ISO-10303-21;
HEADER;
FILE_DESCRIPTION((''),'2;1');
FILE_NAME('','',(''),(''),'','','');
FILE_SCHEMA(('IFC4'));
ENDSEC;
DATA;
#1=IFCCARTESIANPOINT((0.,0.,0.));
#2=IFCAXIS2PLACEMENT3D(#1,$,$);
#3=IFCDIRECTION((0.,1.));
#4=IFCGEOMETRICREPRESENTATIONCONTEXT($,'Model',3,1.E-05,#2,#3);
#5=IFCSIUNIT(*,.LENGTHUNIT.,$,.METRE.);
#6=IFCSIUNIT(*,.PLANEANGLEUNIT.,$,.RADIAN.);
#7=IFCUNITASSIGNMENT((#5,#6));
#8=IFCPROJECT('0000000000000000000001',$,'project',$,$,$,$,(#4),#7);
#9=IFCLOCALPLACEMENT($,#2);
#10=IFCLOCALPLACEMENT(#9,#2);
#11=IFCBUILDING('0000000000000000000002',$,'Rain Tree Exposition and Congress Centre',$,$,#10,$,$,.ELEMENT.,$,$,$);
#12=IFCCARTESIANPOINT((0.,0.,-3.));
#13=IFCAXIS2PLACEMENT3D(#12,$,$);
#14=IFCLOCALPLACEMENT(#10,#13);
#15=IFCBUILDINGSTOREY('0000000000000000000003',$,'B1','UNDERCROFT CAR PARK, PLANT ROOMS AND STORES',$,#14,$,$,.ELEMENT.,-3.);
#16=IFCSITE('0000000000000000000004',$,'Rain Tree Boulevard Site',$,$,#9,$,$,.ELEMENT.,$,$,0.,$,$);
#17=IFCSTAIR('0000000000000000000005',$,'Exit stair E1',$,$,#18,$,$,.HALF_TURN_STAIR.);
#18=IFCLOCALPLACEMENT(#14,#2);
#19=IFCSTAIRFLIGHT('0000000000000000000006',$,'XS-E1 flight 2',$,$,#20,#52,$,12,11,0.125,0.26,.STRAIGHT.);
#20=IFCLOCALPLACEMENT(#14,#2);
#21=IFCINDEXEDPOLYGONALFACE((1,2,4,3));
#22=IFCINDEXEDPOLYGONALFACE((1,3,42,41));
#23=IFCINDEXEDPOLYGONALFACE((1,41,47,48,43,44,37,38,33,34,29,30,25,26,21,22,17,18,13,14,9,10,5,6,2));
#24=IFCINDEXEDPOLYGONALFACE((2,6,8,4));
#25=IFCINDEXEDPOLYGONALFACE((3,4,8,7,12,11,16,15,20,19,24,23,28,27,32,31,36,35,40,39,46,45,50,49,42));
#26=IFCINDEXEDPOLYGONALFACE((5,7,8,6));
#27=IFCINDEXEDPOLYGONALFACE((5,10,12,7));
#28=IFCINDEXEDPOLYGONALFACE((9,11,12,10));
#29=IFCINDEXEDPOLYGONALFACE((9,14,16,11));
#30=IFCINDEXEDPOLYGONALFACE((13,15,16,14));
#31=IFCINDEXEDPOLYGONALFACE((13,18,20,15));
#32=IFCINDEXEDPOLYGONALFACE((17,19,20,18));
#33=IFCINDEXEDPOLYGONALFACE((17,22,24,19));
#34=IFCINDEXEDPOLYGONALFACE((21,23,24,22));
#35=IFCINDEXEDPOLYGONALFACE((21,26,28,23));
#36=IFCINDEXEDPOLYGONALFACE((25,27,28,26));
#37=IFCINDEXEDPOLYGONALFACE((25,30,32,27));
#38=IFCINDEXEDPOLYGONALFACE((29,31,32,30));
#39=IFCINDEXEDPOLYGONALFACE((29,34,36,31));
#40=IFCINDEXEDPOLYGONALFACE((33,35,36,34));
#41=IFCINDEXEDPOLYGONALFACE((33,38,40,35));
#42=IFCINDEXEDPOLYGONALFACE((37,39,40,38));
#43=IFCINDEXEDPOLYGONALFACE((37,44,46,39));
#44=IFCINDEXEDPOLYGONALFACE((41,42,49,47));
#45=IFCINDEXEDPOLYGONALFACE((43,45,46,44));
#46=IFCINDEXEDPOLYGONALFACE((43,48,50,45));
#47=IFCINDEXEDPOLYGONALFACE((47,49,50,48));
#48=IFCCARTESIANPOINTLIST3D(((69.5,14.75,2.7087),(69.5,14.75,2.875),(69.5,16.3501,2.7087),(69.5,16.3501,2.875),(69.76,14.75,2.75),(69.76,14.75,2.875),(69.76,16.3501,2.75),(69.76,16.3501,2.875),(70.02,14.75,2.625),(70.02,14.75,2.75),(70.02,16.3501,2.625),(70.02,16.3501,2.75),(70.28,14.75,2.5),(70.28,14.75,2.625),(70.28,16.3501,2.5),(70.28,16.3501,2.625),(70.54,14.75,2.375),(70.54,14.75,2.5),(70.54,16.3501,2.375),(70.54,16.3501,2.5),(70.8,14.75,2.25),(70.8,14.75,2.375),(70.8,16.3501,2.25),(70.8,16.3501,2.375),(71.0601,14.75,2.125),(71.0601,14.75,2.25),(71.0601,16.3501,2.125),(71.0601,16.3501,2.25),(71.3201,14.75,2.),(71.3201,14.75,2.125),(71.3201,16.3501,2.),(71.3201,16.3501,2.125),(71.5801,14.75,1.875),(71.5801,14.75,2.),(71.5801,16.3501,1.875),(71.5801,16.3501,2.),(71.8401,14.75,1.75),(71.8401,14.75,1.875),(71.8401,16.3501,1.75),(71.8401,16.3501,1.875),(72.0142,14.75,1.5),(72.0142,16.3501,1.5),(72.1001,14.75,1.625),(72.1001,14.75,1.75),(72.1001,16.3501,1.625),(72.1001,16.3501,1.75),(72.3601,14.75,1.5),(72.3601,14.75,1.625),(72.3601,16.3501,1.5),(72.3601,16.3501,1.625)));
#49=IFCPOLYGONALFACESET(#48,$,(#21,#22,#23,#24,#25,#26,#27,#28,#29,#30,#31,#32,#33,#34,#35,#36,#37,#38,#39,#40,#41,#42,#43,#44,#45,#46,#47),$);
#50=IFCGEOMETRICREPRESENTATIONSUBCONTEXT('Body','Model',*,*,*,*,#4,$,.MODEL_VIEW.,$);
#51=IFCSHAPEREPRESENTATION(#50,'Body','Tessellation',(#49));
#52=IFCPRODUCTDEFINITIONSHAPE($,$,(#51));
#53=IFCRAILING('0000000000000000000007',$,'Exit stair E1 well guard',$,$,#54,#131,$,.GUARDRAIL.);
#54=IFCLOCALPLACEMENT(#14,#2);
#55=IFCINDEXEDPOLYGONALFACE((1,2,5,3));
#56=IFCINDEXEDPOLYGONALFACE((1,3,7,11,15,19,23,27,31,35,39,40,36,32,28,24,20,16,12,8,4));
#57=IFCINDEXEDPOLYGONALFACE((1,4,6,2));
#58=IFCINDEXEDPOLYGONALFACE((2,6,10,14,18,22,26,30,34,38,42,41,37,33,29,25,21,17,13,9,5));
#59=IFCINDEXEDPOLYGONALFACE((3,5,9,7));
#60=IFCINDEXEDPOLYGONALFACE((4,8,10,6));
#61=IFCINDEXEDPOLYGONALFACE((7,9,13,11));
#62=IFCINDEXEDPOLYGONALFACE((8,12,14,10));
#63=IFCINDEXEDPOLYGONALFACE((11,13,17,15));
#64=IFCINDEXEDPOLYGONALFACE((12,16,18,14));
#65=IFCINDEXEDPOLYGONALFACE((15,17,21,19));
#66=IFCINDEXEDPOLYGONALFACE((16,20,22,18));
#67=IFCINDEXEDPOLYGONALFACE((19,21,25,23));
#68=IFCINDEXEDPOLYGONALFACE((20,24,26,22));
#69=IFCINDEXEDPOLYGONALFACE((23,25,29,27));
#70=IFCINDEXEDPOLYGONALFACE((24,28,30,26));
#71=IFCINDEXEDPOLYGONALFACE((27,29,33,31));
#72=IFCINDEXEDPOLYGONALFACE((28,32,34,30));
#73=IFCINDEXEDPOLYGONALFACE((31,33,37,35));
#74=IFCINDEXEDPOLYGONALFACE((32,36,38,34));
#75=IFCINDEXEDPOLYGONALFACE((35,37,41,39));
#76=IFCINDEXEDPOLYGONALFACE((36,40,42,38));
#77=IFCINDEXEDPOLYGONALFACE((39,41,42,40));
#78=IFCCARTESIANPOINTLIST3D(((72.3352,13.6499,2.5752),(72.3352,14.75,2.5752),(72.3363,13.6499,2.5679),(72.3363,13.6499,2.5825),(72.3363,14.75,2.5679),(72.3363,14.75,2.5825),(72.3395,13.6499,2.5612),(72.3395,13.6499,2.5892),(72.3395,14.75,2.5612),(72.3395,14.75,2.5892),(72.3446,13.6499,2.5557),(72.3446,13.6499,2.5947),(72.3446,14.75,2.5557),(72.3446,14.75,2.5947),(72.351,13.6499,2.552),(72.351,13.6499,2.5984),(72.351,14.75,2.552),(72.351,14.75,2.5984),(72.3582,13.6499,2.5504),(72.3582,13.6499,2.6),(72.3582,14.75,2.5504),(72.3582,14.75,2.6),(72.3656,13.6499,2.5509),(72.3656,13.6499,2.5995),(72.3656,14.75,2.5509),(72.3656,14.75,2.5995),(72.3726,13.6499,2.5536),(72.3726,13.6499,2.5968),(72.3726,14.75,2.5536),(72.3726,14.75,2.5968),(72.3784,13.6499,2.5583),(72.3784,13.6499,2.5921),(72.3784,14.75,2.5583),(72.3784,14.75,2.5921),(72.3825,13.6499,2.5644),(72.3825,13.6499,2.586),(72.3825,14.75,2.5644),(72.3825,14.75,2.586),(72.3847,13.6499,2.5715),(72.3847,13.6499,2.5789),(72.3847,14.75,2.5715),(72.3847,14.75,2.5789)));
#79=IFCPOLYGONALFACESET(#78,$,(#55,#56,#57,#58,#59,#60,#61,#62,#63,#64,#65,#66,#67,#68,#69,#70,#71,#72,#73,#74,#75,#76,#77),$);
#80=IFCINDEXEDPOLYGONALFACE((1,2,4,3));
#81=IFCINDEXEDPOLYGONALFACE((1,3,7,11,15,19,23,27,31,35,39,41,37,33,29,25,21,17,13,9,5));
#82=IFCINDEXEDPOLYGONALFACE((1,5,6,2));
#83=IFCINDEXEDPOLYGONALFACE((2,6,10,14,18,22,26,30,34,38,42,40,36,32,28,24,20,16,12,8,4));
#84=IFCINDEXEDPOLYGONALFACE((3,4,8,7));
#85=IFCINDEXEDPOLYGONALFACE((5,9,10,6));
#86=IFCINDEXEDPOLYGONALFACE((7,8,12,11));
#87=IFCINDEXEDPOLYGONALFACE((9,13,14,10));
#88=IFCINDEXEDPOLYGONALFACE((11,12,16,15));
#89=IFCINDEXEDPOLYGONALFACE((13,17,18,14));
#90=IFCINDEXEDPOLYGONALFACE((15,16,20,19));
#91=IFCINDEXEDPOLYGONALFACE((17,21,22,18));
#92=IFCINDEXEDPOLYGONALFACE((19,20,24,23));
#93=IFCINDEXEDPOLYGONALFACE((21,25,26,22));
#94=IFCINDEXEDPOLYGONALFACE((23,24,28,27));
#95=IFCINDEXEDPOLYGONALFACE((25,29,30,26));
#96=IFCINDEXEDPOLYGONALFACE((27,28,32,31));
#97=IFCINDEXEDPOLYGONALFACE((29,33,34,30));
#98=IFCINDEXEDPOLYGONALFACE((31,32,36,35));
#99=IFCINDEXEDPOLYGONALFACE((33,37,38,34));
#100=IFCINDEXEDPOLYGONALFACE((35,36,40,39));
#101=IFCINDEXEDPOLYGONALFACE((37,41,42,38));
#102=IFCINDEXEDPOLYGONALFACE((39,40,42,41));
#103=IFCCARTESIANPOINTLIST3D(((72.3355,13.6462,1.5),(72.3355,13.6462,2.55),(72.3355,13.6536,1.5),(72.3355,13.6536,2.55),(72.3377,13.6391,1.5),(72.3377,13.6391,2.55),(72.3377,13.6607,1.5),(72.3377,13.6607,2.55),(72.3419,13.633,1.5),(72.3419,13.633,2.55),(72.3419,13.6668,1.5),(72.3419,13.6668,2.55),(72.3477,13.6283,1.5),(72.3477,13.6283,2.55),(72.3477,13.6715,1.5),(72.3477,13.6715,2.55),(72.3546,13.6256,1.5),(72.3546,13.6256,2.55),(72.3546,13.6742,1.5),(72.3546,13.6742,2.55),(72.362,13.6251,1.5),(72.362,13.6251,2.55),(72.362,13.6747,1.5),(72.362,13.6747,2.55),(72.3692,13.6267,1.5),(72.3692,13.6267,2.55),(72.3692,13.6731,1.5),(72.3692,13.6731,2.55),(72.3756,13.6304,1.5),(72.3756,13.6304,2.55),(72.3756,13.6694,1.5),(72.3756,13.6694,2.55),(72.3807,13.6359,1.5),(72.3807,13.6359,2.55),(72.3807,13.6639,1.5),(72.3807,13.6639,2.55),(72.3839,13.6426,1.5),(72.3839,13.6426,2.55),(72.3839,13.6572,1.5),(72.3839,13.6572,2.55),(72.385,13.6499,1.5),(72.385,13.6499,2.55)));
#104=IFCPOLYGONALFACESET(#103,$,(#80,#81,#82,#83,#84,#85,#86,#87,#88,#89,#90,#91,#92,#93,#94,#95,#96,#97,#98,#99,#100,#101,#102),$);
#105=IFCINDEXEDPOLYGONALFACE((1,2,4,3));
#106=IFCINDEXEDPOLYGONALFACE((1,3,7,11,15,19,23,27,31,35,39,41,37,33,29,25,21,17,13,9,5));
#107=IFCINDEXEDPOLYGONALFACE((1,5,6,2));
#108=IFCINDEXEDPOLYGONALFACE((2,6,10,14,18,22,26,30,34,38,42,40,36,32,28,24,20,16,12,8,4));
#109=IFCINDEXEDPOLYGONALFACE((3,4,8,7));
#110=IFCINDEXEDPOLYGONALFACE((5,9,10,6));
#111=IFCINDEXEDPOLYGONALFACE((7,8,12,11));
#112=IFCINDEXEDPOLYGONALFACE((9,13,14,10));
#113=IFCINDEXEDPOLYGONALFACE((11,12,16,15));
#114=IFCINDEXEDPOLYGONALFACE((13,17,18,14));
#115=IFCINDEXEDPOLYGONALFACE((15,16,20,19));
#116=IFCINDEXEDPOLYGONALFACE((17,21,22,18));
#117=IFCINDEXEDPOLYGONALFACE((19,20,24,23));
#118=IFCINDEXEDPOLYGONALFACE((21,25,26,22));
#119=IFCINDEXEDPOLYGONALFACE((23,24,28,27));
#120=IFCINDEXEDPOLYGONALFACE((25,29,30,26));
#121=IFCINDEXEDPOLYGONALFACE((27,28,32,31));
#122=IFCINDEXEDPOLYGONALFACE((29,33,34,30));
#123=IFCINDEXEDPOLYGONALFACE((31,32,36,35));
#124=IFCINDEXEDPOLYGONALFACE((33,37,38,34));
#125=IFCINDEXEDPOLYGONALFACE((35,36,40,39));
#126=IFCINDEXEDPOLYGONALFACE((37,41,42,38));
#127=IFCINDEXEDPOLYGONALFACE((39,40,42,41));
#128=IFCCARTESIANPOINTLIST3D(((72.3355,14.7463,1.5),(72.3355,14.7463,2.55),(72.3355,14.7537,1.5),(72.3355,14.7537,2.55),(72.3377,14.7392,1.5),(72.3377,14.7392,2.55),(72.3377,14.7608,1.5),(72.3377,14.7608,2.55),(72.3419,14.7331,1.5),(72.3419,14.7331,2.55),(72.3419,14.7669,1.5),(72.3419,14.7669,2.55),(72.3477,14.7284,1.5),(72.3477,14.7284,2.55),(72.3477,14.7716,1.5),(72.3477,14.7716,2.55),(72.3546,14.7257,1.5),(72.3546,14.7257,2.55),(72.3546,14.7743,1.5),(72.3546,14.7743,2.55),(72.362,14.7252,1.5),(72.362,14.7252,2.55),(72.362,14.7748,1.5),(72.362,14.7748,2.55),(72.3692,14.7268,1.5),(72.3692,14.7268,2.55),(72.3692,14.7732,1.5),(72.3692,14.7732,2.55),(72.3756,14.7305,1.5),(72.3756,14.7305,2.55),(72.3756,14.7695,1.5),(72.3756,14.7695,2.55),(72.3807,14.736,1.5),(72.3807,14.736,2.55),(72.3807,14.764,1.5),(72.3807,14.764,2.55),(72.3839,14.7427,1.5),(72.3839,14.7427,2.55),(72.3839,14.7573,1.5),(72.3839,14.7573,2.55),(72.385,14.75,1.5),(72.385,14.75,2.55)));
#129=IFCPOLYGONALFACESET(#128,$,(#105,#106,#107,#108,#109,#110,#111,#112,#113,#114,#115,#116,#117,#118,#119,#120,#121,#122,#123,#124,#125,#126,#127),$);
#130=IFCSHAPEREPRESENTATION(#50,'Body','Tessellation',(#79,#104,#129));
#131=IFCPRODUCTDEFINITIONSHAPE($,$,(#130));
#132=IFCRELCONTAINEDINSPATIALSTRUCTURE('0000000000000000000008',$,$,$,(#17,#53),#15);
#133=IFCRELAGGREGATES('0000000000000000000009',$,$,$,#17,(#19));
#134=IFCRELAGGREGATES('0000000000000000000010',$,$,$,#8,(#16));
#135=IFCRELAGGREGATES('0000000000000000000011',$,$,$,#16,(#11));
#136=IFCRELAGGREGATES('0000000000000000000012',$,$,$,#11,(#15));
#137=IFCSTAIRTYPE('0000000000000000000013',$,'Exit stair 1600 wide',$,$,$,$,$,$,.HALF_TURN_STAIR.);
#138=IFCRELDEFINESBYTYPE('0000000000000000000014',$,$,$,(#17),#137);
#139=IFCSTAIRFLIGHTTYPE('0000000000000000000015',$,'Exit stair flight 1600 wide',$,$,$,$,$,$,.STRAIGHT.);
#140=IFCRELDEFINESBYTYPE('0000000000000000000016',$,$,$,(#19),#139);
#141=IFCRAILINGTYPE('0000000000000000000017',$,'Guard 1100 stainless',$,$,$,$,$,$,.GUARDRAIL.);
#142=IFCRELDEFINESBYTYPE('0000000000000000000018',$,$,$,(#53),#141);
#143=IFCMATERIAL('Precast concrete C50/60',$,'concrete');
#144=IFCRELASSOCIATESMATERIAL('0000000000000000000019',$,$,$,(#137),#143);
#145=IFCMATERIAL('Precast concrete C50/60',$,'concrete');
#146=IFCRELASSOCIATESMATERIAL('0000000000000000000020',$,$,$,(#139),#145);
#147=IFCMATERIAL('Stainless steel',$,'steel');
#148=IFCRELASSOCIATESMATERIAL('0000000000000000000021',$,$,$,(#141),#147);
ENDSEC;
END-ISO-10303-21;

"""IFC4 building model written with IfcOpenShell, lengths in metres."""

from ifc_helpers import new_model, si_unit, direction, frame, origin, origin_2d, place, context, subcontext, project, spatial, polyline, circle, outline, extrude, material, type_object, element, aggregate, save


model = new_model("IFC4")

# Units and contexts
model_context = context("Model", 3, precision=1e-05, world=origin(), true_north=direction((0.0, 1.0)))
body_context = subcontext(model_context, "Body", "Model", "MODEL_VIEW")
ifc_project = project(units=[si_unit("LENGTHUNIT", "METRE"), si_unit("PLANEANGLEUNIT", "RADIAN")], contexts=[model_context])

# Site, building, storey
site_placement = place(None, origin())
site = spatial("IfcSite", under=ifc_project, at=site_placement, Name="Rain Tree Boulevard Site", CompositionType="ELEMENT", RefElevation=0.0)
building_placement = place(site_placement, origin())
building = spatial("IfcBuilding", under=site, at=building_placement, Name="Rain Tree Exposition and Congress Centre", CompositionType="ELEMENT")
storey_placement = place(building_placement, frame((0.0, 0.0, -3.0)))
storey = spatial("IfcBuildingStorey", under=building, at=storey_placement, Name="B1", Description="UNDERCROFT CAR PARK, PLANT ROOMS AND STORES", CompositionType="ELEMENT", Elevation=-3.0)

# Stair, stair flight
ifc_material_1 = material(Name="Precast concrete C50/60", Category="concrete")
stair_type = type_object("IfcStairType", Name="Exit stair 1600 wide", PredefinedType="HALF_TURN_STAIR", material=ifc_material_1)
stair_placement = place(storey_placement, origin())
stair = element("IfcStair", 1, at=stair_placement, inside=storey, type_object=stair_type, Name="Exit stair E1", PredefinedType="HALF_TURN_STAIR")
ifc_material_2 = material(Name="Precast concrete C50/60", Category="concrete")
stair_flight_type = type_object("IfcStairFlightType", Name="Exit stair flight 1600 wide", PredefinedType="STRAIGHT", material=ifc_material_2)
stair_flight_1_placement = place(storey_placement, frame((72.3601, 15.55, 1.5), z_axis=(0.0, 0.0, 1.0), x_axis=(-1.0, 0.0, 0.0)))
stair_flight_1 = element("IfcStairFlight", 2, at=stair_flight_1_placement, type_object=stair_flight_type, Name="XS-E1 flight 2", NumberOfRisers=12, NumberOfTreads=11, PredefinedType="STRAIGHT", RiserHeight=0.125, TreadLength=0.26, context=body_context, shape_type="SweptSolid", body=[
    extrude(outline(polyline([(0.0, 0.0), (0.0, 0.125), (0.26, 0.125), (0.26, 0.25), (0.52, 0.25), (0.52, 0.375), (0.78, 0.375), (0.78, 0.5), (1.04, 0.5), (1.04, 0.625), (1.3, 0.625), (1.3, 0.75), (1.5601, 0.75), (1.5601, 0.875), (1.8201, 0.875), (1.8201, 1.0), (2.0801, 1.0), (2.0801, 1.125), (2.3401, 1.125), (2.3401, 1.25), (2.6001, 1.25), (2.6001, 1.375), (2.8601, 1.375), (2.8601, 1.5), (2.8601, 1.2087), (0.3459, 0.0), (0.0, 0.0)])), frame((0.0, 0.8, 0.0), z_axis=(0.0, -1.0, 0.0), x_axis=(1.0, 0.0, 0.0)), (0.0, 0.0, 1.0), 1.6001),
])
aggregate(stair, [stair_flight_1])

# Railing
ifc_material_3 = material(Name="Stainless steel", Category="steel")
railing_type = type_object("IfcRailingType", Name="Guard 1100 stainless", PredefinedType="GUARDRAIL", material=ifc_material_3)
railing_placement = place(storey_placement, frame((72.3601, 13.6499, 1.5)))
element("IfcRailing", 3, at=railing_placement, inside=storey, type_object=railing_type, Name="Exit stair E1 well guard", PredefinedType="GUARDRAIL", context=body_context, shape_type="SweptSolid", body=[
    extrude(circle(Radius=0.0249, at=origin_2d()), frame((0.0, 0.0, 1.0752), z_axis=(0.0, 1.0, 0.0), x_axis=(-1.0, 0.0, 0.0)), (0.0, 0.0, 1.0), 1.1001),
    extrude(circle(Radius=0.0249, at=origin_2d()), origin(), (0.0, 0.0, 1.0), 1.05),
    extrude(circle(Radius=0.0249, at=origin_2d()), frame((0.0, 1.1001, 0.0)), (0.0, 0.0, 1.0), 1.05),
])

save(model, "model.ifc")
